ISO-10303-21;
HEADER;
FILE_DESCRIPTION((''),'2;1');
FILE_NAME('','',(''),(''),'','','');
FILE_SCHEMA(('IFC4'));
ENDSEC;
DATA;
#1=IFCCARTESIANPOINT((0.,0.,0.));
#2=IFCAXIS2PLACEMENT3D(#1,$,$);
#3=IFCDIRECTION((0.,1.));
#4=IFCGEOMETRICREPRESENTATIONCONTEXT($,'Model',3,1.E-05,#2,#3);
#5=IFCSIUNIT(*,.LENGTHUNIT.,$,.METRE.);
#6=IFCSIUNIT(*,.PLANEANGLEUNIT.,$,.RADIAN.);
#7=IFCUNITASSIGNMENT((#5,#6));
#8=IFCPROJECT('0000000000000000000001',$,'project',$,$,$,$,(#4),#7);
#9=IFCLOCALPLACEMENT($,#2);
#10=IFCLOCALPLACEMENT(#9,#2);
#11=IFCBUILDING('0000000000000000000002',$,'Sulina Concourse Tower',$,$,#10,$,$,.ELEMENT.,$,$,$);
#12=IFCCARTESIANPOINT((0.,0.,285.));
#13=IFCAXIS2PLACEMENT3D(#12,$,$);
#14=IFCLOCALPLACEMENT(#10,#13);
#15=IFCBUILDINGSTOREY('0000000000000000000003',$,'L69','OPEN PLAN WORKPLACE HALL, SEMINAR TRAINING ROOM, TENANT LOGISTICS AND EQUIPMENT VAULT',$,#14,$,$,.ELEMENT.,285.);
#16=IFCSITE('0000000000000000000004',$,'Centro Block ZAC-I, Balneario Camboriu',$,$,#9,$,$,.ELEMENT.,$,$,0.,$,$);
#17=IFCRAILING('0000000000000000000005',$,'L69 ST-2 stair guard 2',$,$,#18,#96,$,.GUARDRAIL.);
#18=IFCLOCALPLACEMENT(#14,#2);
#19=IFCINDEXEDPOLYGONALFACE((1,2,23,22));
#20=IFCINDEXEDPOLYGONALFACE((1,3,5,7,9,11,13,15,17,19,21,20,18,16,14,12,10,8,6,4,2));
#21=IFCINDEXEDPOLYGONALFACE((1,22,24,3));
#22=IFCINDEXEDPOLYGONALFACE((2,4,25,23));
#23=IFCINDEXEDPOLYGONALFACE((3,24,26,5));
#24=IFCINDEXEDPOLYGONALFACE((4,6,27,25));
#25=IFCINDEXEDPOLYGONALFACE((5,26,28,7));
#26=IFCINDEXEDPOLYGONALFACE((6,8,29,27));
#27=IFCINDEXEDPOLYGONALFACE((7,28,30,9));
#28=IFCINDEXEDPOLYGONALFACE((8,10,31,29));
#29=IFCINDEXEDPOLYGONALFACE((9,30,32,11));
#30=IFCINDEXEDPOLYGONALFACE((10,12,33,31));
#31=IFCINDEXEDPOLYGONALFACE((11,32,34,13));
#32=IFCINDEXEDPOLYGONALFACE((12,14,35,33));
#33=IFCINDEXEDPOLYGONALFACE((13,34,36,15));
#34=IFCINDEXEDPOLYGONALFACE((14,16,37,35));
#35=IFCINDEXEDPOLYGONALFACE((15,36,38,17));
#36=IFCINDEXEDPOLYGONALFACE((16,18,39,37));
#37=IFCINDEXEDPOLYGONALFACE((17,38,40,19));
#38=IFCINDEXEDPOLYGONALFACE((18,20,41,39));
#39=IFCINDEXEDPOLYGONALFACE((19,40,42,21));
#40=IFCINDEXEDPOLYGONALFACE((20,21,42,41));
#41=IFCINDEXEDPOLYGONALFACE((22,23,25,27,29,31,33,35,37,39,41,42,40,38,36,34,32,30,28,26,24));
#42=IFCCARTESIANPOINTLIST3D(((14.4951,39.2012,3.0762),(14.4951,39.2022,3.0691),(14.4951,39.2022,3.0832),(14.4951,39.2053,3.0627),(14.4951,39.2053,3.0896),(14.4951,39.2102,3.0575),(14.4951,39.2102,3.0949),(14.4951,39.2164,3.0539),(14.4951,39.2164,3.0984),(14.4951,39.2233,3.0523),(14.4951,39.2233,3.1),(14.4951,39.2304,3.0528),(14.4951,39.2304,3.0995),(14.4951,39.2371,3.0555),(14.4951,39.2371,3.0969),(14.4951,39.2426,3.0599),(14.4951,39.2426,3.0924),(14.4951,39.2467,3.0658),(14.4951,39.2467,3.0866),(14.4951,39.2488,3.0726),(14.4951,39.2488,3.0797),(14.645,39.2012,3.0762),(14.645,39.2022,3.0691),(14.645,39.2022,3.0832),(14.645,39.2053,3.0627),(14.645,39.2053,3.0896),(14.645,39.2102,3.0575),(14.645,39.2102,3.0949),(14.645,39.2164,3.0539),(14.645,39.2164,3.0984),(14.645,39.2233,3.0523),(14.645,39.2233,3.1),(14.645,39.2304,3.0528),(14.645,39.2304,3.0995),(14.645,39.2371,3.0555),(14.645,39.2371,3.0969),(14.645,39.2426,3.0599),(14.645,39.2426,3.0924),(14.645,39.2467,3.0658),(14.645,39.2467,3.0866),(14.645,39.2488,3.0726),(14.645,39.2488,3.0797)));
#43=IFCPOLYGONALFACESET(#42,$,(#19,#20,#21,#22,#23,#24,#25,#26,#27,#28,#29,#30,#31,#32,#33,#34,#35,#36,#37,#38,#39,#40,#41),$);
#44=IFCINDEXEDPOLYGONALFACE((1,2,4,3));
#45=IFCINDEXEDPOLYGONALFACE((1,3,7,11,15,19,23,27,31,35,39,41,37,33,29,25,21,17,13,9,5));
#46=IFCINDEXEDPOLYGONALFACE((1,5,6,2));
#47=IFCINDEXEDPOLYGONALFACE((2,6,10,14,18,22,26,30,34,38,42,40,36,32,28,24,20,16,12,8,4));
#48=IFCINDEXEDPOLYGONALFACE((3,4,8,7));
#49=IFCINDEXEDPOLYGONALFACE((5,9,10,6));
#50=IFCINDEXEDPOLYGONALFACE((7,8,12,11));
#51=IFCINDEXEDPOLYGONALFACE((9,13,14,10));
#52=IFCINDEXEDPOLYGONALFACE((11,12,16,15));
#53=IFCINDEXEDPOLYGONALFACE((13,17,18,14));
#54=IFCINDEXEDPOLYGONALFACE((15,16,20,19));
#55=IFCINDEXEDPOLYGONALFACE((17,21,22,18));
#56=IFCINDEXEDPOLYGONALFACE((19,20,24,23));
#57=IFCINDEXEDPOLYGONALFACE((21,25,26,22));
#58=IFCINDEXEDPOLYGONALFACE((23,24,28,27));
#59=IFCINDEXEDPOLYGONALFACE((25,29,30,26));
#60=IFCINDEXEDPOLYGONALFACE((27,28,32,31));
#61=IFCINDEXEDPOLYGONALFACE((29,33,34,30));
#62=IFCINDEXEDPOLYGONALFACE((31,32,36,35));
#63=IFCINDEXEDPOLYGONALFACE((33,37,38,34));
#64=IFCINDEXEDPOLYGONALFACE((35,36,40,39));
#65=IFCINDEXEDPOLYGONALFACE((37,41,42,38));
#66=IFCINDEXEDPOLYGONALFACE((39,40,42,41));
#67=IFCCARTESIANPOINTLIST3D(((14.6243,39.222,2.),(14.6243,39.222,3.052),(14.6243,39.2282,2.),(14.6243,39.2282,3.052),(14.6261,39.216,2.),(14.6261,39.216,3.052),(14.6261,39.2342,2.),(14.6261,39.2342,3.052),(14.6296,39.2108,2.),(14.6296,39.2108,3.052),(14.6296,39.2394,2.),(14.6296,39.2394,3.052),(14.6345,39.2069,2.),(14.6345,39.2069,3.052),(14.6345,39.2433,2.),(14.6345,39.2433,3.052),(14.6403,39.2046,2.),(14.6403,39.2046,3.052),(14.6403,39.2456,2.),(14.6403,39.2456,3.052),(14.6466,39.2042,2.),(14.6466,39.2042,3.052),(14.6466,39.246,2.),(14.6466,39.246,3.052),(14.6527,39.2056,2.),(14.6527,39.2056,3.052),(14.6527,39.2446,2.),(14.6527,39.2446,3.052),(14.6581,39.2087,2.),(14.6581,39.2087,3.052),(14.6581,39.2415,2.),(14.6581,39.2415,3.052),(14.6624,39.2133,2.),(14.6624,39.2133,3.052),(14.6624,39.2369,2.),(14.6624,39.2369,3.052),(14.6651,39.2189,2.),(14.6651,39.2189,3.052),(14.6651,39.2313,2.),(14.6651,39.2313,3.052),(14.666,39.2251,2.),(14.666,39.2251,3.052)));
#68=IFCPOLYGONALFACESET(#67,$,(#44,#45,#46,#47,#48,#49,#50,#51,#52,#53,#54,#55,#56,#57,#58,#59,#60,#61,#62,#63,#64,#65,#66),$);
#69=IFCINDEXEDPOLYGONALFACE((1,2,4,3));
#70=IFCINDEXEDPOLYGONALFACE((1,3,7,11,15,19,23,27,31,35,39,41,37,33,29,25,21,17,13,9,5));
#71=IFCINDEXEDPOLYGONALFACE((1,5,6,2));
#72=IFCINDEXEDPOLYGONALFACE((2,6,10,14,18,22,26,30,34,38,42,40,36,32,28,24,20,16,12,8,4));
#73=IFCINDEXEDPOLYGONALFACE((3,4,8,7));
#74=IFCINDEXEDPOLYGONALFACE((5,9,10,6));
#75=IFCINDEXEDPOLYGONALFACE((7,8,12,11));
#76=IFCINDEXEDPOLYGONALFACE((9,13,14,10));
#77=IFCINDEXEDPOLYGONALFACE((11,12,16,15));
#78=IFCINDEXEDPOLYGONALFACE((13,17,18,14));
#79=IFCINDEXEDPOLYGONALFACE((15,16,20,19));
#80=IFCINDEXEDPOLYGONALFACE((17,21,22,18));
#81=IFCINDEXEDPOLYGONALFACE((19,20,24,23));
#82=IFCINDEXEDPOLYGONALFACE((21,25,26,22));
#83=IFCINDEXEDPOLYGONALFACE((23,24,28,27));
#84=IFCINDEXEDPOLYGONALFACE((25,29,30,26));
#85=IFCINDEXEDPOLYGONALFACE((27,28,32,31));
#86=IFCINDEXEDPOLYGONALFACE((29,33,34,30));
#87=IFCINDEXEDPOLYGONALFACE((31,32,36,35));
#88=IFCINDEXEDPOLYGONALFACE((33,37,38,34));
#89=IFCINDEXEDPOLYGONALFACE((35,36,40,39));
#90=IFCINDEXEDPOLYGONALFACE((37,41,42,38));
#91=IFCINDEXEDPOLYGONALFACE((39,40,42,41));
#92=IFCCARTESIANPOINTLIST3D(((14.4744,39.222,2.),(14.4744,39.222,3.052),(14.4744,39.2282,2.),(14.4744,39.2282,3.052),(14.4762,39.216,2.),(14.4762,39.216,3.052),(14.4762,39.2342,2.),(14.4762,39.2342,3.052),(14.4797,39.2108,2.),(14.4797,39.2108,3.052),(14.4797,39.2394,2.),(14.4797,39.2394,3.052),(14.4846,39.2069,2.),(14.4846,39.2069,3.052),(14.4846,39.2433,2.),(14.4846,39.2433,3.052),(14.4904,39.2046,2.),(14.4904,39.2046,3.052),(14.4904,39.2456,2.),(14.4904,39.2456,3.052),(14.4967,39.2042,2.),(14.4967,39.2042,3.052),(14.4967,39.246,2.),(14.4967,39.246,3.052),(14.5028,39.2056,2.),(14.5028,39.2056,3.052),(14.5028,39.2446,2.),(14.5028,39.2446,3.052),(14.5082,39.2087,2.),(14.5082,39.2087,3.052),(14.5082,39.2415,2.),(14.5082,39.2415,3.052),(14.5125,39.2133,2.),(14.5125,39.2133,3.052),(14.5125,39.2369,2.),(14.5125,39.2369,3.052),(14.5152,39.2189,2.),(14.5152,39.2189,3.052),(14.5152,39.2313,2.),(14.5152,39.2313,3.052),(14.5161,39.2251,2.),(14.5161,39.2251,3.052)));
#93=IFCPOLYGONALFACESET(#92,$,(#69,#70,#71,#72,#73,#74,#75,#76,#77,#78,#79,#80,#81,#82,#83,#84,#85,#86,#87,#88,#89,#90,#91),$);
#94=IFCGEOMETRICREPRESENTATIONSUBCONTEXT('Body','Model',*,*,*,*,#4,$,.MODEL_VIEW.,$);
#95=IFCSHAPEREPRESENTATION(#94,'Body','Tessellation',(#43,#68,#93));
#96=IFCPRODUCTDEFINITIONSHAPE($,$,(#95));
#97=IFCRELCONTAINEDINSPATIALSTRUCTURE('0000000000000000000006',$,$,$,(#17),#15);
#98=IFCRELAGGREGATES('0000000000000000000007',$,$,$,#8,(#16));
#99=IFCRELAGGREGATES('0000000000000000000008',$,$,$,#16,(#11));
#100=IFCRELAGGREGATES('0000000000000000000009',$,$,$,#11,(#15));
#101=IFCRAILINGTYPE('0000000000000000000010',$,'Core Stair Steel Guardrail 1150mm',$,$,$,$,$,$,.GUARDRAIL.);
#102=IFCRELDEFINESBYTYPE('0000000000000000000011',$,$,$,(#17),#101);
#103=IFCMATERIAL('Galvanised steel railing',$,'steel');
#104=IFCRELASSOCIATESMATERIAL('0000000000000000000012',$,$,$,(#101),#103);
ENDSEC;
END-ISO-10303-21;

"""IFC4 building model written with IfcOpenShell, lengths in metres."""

from ifc_helpers import new_model, si_unit, direction, frame, origin, origin_2d, place, context, subcontext, project, spatial, circle, extrude, material, type_object, element, save


model = new_model("IFC4")

# Units and contexts
model_context = context("Model", 3, precision=1e-05, world=origin(), true_north=direction((0.0, 1.0)))
body_context = subcontext(model_context, "Body", "Model", "MODEL_VIEW")
ifc_project = project(units=[si_unit("LENGTHUNIT", "METRE"), si_unit("PLANEANGLEUNIT", "RADIAN")], contexts=[model_context])

# Site, building, storey
site_placement = place(None, origin())
site = spatial("IfcSite", under=ifc_project, at=site_placement, Name="Centro Block ZAC-I, Balneario Camboriu", CompositionType="ELEMENT", RefElevation=0.0)
building_placement = place(site_placement, origin())
building = spatial("IfcBuilding", under=site, at=building_placement, Name="Sulina Concourse Tower", CompositionType="ELEMENT")
storey_placement = place(building_placement, frame((0.0, 0.0, 285.0)))
storey = spatial("IfcBuildingStorey", under=building, at=storey_placement, Name="L69", Description="OPEN PLAN WORKPLACE HALL, SEMINAR TRAINING ROOM, TENANT LOGISTICS AND EQUIPMENT VAULT", CompositionType="ELEMENT", Elevation=285.0)

# Railing
ifc_material_1 = material(Name="Galvanised steel railing", Category="steel")
railing_type_1 = type_object("IfcRailingType", Name="Core Stair Steel Guardrail 1150mm", PredefinedType="GUARDRAIL", material=ifc_material_1)
railing_1_placement = place(storey_placement, frame((14.645, 39.2251, 2.0)))
element("IfcRailing", 1, at=railing_1_placement, inside=storey, type_object=railing_type_1, Name="L69 ST-2 stair guard 2", PredefinedType="GUARDRAIL", context=body_context, shape_type="SweptSolid", body=[
    extrude(circle(Radius=0.0239, at=origin_2d()), frame((0.0, 0.0, 1.0762), z_axis=(-1.0, 0.0, 0.0), x_axis=(0.0, -1.0, 0.0)), (0.0, 0.0, 1.0), 0.1499),
    extrude(circle(Radius=0.021, at=origin_2d()), origin(), (0.0, 0.0, 1.0), 1.052),
    extrude(circle(Radius=0.021, at=origin_2d()), frame((-0.1499, 0.0, 0.0)), (0.0, 0.0, 1.0), 1.052),
])

save(model, "model.ifc")
